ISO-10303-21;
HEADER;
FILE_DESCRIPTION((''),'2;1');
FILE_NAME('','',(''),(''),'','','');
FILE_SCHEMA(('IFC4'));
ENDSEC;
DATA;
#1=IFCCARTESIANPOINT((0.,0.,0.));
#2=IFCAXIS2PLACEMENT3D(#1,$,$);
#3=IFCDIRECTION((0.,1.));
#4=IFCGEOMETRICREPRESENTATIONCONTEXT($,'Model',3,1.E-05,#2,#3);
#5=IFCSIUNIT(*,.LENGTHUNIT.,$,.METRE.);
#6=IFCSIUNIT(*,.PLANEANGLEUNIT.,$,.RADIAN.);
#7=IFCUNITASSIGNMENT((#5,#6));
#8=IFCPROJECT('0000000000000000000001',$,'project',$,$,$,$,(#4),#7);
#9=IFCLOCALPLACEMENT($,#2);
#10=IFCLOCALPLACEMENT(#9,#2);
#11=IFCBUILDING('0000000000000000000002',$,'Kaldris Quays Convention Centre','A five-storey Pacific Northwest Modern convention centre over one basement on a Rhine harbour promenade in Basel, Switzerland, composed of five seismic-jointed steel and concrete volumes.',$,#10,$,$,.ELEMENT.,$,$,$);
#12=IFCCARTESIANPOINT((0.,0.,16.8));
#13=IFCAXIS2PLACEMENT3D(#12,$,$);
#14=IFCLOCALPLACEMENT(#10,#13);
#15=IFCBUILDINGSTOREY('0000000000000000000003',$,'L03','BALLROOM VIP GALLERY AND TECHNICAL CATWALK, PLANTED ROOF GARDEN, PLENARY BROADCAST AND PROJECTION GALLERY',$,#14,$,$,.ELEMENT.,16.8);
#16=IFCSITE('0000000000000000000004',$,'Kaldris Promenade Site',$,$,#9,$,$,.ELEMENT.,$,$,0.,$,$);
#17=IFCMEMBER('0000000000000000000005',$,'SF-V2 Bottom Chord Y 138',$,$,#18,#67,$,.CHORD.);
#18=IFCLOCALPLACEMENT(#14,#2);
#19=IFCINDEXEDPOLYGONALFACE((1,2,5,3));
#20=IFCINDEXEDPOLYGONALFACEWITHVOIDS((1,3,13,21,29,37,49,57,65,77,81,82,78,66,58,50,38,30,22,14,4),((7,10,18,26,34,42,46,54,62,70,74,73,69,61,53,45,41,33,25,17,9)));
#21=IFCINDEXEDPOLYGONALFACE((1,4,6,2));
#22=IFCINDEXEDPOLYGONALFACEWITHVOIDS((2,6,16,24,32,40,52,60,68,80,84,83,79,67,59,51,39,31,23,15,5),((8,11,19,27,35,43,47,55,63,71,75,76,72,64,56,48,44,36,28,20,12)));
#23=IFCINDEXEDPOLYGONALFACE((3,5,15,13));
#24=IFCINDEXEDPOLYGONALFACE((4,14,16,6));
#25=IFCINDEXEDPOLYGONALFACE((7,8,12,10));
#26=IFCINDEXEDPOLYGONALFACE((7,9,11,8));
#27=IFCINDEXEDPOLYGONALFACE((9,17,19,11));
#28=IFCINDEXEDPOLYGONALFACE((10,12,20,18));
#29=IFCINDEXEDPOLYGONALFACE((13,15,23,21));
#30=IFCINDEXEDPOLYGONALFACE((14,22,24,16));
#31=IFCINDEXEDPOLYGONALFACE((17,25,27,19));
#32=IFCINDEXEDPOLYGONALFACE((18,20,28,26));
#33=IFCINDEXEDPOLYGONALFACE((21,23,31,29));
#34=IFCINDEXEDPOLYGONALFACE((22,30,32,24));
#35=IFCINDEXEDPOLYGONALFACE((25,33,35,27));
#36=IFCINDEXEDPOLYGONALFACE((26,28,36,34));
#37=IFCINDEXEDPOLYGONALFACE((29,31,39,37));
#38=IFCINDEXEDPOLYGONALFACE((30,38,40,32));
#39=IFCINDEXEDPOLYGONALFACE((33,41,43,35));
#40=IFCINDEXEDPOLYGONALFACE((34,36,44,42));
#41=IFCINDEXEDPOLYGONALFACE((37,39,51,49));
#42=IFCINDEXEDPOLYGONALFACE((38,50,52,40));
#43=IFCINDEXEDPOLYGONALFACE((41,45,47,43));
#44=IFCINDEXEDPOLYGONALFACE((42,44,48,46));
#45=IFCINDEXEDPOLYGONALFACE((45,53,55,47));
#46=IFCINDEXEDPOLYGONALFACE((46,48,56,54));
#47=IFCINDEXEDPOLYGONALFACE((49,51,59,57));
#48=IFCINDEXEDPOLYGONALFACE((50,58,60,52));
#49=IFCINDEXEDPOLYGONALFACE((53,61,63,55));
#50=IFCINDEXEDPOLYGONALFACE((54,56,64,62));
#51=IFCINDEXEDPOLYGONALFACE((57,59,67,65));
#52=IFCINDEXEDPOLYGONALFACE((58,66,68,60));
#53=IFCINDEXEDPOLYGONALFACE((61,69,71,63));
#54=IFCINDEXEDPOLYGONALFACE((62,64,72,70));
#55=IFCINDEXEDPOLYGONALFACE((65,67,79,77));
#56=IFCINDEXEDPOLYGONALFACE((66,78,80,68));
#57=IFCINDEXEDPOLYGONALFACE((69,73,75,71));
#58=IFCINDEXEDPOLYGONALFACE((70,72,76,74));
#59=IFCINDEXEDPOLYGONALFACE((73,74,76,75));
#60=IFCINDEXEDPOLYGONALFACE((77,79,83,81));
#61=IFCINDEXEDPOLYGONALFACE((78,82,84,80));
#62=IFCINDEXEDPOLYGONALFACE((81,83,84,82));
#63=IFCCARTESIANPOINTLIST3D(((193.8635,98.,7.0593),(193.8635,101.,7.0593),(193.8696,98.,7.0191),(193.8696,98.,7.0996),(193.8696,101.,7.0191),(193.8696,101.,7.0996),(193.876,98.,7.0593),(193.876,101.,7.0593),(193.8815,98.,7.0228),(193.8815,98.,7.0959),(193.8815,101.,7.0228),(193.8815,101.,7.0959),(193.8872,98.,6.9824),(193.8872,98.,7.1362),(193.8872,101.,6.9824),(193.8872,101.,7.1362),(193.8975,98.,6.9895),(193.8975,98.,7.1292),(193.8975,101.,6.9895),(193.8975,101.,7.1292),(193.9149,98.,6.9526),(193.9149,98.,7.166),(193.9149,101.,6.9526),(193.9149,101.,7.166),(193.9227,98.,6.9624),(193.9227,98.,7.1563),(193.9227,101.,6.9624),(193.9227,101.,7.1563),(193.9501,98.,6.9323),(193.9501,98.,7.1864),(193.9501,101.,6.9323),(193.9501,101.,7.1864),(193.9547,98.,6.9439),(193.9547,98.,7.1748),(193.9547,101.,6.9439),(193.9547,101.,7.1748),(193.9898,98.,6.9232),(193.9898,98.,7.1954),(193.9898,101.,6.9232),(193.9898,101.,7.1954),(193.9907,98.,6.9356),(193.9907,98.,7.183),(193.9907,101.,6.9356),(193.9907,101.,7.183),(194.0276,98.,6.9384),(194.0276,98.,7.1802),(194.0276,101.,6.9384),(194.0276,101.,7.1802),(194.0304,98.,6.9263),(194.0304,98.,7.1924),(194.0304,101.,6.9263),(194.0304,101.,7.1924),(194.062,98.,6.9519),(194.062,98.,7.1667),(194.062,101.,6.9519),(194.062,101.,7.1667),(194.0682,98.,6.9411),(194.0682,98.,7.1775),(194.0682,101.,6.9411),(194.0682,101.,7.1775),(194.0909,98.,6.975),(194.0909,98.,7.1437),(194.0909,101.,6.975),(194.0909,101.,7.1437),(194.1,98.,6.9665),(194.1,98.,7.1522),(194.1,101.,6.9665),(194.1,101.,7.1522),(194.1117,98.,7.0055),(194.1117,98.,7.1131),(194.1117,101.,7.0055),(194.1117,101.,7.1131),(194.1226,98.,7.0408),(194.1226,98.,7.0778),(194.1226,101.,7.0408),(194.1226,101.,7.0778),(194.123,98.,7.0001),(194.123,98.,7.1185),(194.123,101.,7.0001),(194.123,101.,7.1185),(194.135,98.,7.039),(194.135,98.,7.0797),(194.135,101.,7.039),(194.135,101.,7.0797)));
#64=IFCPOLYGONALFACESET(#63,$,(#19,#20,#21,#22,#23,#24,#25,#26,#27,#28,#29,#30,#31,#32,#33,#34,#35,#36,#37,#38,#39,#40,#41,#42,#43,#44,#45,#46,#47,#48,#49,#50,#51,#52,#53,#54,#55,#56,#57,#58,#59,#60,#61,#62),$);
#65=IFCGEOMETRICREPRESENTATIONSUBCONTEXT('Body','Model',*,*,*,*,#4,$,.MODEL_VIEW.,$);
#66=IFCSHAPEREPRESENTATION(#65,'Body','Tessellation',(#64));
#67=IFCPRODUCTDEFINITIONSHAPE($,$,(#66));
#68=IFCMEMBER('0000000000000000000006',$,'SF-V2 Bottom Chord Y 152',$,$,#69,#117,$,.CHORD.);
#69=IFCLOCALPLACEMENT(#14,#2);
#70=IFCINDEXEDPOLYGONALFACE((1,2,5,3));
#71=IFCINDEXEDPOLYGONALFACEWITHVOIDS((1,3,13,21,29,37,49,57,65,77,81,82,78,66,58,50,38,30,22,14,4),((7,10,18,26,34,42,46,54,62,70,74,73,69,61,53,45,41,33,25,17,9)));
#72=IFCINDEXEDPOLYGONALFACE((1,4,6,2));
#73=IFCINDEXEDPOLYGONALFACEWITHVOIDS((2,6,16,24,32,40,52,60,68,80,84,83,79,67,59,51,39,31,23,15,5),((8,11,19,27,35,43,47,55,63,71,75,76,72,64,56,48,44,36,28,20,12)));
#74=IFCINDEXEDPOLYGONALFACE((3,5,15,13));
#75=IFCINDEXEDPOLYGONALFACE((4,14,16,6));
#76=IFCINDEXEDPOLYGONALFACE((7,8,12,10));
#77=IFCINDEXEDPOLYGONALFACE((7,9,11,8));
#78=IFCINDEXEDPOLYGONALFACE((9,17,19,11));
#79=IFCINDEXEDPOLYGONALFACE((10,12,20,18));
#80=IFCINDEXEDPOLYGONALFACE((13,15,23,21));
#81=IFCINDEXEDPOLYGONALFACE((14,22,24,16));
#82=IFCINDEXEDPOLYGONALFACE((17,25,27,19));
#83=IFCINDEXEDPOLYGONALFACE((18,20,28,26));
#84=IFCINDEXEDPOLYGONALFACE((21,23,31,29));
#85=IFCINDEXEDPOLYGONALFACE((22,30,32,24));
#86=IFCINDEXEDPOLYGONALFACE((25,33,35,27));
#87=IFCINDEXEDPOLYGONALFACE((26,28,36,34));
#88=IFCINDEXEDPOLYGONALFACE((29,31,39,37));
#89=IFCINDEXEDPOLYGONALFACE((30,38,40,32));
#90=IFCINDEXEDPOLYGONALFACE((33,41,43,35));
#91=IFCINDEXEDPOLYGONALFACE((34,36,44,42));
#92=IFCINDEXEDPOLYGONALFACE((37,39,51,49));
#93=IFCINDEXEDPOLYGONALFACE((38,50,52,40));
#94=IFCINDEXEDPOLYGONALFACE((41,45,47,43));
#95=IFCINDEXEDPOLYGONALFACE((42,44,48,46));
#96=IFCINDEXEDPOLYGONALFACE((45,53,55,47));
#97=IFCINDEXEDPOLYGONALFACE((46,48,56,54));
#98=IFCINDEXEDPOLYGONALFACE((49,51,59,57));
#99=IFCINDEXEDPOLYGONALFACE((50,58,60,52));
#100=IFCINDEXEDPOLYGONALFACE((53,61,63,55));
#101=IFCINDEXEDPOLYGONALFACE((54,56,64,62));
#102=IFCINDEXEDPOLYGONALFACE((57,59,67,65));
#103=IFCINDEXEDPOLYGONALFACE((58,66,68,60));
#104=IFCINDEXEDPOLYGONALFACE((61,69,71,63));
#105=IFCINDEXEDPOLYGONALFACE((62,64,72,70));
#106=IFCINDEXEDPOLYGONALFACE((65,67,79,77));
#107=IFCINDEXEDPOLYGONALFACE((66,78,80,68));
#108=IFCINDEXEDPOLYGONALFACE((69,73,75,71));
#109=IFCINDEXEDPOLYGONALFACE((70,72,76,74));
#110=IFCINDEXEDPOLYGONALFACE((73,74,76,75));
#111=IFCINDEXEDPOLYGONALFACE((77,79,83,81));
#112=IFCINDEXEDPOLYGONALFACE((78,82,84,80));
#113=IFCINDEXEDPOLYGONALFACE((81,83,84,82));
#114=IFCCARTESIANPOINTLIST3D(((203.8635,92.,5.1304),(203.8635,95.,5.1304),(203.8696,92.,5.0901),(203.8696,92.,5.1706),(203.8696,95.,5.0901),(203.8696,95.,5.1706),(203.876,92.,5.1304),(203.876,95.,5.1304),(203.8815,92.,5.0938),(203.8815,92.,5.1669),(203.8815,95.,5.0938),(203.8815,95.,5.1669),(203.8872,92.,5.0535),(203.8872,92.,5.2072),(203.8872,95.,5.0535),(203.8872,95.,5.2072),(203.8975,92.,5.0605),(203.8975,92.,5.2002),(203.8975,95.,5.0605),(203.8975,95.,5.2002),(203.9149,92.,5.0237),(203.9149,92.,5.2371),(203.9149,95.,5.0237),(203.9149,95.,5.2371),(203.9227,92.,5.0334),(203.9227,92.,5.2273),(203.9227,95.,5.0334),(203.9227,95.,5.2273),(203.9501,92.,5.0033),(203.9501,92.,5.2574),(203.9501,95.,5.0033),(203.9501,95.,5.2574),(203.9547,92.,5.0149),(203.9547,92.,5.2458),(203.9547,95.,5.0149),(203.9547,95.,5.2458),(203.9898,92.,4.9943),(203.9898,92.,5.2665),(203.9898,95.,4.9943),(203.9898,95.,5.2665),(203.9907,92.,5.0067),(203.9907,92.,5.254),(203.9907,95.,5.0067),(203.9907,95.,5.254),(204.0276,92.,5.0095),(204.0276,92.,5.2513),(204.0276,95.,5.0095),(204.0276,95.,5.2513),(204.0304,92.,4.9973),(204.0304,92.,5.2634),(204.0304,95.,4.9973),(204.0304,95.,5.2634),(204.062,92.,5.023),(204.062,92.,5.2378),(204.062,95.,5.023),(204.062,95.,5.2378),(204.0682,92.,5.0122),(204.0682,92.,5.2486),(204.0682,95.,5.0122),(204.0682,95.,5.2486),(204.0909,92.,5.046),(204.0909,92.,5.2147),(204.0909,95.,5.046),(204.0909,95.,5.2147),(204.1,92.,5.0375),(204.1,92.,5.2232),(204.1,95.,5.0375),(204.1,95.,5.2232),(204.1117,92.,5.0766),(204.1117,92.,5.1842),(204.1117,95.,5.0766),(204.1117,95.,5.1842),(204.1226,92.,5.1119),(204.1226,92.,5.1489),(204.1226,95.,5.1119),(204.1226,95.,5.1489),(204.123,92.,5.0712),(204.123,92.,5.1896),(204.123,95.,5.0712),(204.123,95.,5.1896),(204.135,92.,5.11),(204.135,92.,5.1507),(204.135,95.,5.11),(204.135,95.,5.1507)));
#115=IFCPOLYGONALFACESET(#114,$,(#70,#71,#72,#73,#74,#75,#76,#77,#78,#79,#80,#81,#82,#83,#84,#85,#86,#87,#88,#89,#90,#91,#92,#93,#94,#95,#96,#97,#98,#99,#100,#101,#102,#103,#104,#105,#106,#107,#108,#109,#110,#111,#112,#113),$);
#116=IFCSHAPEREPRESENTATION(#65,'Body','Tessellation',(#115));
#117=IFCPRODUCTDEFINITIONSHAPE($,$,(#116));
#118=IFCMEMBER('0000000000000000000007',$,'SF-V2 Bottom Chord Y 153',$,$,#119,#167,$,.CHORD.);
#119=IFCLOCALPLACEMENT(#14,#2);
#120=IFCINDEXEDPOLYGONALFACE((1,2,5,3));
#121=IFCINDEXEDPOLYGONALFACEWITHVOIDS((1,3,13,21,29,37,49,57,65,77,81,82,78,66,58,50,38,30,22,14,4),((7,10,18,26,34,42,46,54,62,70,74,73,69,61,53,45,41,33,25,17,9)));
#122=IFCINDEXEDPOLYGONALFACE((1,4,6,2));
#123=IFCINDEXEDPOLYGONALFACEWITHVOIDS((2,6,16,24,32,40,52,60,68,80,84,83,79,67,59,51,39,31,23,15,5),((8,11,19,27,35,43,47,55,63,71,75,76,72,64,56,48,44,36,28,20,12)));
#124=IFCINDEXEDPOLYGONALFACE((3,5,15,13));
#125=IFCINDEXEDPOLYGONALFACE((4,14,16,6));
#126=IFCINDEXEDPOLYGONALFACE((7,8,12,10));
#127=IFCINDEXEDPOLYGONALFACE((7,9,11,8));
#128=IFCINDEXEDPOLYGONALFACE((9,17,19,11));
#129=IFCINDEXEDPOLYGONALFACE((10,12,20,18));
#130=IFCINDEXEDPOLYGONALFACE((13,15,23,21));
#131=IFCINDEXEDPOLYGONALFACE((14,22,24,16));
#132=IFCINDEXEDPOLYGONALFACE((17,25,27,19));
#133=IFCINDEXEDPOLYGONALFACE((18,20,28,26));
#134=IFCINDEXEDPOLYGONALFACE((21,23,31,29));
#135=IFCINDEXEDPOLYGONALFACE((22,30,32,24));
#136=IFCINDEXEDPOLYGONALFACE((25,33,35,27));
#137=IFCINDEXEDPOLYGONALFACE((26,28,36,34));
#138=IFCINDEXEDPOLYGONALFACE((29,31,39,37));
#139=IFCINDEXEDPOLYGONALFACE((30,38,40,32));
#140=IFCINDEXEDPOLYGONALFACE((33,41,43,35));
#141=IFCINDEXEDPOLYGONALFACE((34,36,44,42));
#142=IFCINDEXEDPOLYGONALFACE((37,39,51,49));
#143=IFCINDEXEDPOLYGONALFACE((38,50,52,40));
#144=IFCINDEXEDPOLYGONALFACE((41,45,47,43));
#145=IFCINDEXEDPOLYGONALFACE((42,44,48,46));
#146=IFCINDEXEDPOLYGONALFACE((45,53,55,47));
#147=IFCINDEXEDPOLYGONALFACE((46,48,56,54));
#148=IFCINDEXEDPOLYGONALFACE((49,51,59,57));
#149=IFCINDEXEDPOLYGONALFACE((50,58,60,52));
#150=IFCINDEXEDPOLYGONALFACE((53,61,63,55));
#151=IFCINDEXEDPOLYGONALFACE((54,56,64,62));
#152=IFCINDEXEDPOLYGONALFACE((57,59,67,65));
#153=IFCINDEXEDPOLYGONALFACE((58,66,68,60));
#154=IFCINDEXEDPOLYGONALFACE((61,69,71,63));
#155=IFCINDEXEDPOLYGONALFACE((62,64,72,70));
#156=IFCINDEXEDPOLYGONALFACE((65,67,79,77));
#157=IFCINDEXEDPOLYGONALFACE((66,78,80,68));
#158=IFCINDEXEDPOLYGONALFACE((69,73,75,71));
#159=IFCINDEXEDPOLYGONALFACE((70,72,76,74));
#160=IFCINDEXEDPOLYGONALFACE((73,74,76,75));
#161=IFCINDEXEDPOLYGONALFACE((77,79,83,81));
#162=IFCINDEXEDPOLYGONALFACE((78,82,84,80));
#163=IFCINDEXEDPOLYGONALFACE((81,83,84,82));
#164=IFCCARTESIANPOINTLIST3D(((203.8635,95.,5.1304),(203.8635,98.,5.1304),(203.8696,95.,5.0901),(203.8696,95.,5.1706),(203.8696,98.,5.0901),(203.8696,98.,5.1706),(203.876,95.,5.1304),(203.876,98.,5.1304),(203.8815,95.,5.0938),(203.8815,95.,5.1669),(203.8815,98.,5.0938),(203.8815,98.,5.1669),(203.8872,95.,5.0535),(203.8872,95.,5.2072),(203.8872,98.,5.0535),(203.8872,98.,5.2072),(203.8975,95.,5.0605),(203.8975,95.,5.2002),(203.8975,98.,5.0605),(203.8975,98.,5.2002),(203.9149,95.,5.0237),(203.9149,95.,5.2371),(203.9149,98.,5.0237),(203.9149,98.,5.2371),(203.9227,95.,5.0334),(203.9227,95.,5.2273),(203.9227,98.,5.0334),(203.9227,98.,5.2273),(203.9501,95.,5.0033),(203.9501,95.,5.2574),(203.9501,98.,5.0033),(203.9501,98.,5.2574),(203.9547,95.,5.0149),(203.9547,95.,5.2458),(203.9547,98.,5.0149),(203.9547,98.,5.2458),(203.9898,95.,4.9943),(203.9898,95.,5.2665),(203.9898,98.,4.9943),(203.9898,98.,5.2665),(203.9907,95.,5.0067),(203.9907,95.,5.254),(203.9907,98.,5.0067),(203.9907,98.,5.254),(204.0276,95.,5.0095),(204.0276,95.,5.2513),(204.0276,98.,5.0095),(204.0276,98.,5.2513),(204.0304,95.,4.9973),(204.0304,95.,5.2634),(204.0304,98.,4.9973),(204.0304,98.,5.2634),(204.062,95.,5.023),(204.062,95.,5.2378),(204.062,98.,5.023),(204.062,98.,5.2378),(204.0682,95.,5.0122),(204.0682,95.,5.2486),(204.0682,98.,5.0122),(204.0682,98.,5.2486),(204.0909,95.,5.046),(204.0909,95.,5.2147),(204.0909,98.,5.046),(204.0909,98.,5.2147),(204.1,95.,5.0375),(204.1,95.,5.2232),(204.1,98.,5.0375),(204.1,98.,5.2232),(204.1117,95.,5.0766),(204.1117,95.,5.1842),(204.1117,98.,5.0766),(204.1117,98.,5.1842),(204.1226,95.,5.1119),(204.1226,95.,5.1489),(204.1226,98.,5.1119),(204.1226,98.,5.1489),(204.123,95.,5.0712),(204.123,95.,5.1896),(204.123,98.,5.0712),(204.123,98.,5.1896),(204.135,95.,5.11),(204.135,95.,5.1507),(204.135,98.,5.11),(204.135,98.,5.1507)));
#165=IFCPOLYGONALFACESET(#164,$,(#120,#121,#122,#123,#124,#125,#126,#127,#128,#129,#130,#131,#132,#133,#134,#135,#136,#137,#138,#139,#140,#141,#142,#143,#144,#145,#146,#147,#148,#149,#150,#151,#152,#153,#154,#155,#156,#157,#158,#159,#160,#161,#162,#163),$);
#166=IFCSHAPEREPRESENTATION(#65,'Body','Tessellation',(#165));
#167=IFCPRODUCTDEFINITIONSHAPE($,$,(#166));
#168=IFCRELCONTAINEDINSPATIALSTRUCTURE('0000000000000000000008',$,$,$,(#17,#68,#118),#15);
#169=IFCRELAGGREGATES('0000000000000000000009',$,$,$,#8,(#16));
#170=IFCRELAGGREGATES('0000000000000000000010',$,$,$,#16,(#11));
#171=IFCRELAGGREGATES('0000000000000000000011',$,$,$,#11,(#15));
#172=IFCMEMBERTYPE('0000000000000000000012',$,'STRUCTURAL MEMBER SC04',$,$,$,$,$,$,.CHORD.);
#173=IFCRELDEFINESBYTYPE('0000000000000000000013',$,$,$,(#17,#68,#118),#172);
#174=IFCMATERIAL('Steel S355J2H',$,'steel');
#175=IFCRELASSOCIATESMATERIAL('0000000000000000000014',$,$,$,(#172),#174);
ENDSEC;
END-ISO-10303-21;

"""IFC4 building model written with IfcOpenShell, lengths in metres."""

from ifc_helpers import new_model, si_unit, direction, frame, origin, origin_2d, place, context, subcontext, project, spatial, hollow_circle, extrude, material, material_profile, profile_set, type_object, element, save


model = new_model("IFC4")

# Units and contexts
model_context = context("Model", 3, precision=1e-05, world=origin(), true_north=direction((0.0, 1.0)))
body_context = subcontext(model_context, "Body", "Model", "MODEL_VIEW")
ifc_project = project(units=[si_unit("LENGTHUNIT", "METRE"), si_unit("PLANEANGLEUNIT", "RADIAN")], contexts=[model_context])

# Site, building, storey
site_placement = place(None, origin())
site = spatial("IfcSite", under=ifc_project, at=site_placement, Name="Kaldris Promenade Site", CompositionType="ELEMENT", RefElevation=0.0)
building_placement = place(site_placement, origin())
building = spatial("IfcBuilding", under=site, at=building_placement, Name="Kaldris Quays Convention Centre", Description="A five-storey Pacific Northwest Modern convention centre over one basement on a Rhine harbour promenade in Basel, Switzerland, composed of five seismic-jointed steel and concrete volumes.", CompositionType="ELEMENT")
storey_placement = place(building_placement, frame((0.0, 0.0, 16.8)))
storey = spatial("IfcBuildingStorey", under=building, at=storey_placement, Name="L03", Description="BALLROOM VIP GALLERY AND TECHNICAL CATWALK, PLANTED ROOF GARDEN, PLENARY BROADCAST AND PROJECTION GALLERY", CompositionType="ELEMENT", Elevation=16.8)

# Members
ifc_material_1 = material(Name="Steel S355J2H", Category="steel")
ifc_material_profile_1 = material_profile(ifc_material_1, hollow_circle(Radius=0.1365, WallThickness=0.0125, at=origin_2d()), Name="CHS 273x12.5")
ifc_profile_set_1 = profile_set([ifc_material_profile_1], Name="Steel S355J2H")
member_type_1 = type_object("IfcMemberType", Name="STRUCTURAL MEMBER SC04", PredefinedType="CHORD", material=ifc_profile_set_1)
for number, where, z_axis, x_axis, name in (
    (1, (194.0, 98.0, 7.0593), (0.0, 1.0, 0.0), (-1.0, 0.0, 0.0), "SF-V2 Bottom Chord Y 138"),
    (2, (204.0, 92.0, 5.1304), (0.0, 1.0, 0.0), (-1.0, 0.0, 0.0), "SF-V2 Bottom Chord Y 152"),
    (3, (204.0, 95.0, 5.1304), (0.0, 1.0, 0.0), (-1.0, 0.0, 0.0), "SF-V2 Bottom Chord Y 153"),
):
    element("IfcMember", number, at=place(storey_placement, frame(where, z_axis=z_axis, x_axis=x_axis)), inside=storey, type_object=member_type_1, Name=name, PredefinedType="CHORD", context=body_context, shape_type="SweptSolid", body=[
        extrude(hollow_circle(Radius=0.1365, WallThickness=0.0125, at=origin_2d()), origin(), (0.0, 0.0, 1.0), 3.0),
    ])

save(model, "model.ifc")
